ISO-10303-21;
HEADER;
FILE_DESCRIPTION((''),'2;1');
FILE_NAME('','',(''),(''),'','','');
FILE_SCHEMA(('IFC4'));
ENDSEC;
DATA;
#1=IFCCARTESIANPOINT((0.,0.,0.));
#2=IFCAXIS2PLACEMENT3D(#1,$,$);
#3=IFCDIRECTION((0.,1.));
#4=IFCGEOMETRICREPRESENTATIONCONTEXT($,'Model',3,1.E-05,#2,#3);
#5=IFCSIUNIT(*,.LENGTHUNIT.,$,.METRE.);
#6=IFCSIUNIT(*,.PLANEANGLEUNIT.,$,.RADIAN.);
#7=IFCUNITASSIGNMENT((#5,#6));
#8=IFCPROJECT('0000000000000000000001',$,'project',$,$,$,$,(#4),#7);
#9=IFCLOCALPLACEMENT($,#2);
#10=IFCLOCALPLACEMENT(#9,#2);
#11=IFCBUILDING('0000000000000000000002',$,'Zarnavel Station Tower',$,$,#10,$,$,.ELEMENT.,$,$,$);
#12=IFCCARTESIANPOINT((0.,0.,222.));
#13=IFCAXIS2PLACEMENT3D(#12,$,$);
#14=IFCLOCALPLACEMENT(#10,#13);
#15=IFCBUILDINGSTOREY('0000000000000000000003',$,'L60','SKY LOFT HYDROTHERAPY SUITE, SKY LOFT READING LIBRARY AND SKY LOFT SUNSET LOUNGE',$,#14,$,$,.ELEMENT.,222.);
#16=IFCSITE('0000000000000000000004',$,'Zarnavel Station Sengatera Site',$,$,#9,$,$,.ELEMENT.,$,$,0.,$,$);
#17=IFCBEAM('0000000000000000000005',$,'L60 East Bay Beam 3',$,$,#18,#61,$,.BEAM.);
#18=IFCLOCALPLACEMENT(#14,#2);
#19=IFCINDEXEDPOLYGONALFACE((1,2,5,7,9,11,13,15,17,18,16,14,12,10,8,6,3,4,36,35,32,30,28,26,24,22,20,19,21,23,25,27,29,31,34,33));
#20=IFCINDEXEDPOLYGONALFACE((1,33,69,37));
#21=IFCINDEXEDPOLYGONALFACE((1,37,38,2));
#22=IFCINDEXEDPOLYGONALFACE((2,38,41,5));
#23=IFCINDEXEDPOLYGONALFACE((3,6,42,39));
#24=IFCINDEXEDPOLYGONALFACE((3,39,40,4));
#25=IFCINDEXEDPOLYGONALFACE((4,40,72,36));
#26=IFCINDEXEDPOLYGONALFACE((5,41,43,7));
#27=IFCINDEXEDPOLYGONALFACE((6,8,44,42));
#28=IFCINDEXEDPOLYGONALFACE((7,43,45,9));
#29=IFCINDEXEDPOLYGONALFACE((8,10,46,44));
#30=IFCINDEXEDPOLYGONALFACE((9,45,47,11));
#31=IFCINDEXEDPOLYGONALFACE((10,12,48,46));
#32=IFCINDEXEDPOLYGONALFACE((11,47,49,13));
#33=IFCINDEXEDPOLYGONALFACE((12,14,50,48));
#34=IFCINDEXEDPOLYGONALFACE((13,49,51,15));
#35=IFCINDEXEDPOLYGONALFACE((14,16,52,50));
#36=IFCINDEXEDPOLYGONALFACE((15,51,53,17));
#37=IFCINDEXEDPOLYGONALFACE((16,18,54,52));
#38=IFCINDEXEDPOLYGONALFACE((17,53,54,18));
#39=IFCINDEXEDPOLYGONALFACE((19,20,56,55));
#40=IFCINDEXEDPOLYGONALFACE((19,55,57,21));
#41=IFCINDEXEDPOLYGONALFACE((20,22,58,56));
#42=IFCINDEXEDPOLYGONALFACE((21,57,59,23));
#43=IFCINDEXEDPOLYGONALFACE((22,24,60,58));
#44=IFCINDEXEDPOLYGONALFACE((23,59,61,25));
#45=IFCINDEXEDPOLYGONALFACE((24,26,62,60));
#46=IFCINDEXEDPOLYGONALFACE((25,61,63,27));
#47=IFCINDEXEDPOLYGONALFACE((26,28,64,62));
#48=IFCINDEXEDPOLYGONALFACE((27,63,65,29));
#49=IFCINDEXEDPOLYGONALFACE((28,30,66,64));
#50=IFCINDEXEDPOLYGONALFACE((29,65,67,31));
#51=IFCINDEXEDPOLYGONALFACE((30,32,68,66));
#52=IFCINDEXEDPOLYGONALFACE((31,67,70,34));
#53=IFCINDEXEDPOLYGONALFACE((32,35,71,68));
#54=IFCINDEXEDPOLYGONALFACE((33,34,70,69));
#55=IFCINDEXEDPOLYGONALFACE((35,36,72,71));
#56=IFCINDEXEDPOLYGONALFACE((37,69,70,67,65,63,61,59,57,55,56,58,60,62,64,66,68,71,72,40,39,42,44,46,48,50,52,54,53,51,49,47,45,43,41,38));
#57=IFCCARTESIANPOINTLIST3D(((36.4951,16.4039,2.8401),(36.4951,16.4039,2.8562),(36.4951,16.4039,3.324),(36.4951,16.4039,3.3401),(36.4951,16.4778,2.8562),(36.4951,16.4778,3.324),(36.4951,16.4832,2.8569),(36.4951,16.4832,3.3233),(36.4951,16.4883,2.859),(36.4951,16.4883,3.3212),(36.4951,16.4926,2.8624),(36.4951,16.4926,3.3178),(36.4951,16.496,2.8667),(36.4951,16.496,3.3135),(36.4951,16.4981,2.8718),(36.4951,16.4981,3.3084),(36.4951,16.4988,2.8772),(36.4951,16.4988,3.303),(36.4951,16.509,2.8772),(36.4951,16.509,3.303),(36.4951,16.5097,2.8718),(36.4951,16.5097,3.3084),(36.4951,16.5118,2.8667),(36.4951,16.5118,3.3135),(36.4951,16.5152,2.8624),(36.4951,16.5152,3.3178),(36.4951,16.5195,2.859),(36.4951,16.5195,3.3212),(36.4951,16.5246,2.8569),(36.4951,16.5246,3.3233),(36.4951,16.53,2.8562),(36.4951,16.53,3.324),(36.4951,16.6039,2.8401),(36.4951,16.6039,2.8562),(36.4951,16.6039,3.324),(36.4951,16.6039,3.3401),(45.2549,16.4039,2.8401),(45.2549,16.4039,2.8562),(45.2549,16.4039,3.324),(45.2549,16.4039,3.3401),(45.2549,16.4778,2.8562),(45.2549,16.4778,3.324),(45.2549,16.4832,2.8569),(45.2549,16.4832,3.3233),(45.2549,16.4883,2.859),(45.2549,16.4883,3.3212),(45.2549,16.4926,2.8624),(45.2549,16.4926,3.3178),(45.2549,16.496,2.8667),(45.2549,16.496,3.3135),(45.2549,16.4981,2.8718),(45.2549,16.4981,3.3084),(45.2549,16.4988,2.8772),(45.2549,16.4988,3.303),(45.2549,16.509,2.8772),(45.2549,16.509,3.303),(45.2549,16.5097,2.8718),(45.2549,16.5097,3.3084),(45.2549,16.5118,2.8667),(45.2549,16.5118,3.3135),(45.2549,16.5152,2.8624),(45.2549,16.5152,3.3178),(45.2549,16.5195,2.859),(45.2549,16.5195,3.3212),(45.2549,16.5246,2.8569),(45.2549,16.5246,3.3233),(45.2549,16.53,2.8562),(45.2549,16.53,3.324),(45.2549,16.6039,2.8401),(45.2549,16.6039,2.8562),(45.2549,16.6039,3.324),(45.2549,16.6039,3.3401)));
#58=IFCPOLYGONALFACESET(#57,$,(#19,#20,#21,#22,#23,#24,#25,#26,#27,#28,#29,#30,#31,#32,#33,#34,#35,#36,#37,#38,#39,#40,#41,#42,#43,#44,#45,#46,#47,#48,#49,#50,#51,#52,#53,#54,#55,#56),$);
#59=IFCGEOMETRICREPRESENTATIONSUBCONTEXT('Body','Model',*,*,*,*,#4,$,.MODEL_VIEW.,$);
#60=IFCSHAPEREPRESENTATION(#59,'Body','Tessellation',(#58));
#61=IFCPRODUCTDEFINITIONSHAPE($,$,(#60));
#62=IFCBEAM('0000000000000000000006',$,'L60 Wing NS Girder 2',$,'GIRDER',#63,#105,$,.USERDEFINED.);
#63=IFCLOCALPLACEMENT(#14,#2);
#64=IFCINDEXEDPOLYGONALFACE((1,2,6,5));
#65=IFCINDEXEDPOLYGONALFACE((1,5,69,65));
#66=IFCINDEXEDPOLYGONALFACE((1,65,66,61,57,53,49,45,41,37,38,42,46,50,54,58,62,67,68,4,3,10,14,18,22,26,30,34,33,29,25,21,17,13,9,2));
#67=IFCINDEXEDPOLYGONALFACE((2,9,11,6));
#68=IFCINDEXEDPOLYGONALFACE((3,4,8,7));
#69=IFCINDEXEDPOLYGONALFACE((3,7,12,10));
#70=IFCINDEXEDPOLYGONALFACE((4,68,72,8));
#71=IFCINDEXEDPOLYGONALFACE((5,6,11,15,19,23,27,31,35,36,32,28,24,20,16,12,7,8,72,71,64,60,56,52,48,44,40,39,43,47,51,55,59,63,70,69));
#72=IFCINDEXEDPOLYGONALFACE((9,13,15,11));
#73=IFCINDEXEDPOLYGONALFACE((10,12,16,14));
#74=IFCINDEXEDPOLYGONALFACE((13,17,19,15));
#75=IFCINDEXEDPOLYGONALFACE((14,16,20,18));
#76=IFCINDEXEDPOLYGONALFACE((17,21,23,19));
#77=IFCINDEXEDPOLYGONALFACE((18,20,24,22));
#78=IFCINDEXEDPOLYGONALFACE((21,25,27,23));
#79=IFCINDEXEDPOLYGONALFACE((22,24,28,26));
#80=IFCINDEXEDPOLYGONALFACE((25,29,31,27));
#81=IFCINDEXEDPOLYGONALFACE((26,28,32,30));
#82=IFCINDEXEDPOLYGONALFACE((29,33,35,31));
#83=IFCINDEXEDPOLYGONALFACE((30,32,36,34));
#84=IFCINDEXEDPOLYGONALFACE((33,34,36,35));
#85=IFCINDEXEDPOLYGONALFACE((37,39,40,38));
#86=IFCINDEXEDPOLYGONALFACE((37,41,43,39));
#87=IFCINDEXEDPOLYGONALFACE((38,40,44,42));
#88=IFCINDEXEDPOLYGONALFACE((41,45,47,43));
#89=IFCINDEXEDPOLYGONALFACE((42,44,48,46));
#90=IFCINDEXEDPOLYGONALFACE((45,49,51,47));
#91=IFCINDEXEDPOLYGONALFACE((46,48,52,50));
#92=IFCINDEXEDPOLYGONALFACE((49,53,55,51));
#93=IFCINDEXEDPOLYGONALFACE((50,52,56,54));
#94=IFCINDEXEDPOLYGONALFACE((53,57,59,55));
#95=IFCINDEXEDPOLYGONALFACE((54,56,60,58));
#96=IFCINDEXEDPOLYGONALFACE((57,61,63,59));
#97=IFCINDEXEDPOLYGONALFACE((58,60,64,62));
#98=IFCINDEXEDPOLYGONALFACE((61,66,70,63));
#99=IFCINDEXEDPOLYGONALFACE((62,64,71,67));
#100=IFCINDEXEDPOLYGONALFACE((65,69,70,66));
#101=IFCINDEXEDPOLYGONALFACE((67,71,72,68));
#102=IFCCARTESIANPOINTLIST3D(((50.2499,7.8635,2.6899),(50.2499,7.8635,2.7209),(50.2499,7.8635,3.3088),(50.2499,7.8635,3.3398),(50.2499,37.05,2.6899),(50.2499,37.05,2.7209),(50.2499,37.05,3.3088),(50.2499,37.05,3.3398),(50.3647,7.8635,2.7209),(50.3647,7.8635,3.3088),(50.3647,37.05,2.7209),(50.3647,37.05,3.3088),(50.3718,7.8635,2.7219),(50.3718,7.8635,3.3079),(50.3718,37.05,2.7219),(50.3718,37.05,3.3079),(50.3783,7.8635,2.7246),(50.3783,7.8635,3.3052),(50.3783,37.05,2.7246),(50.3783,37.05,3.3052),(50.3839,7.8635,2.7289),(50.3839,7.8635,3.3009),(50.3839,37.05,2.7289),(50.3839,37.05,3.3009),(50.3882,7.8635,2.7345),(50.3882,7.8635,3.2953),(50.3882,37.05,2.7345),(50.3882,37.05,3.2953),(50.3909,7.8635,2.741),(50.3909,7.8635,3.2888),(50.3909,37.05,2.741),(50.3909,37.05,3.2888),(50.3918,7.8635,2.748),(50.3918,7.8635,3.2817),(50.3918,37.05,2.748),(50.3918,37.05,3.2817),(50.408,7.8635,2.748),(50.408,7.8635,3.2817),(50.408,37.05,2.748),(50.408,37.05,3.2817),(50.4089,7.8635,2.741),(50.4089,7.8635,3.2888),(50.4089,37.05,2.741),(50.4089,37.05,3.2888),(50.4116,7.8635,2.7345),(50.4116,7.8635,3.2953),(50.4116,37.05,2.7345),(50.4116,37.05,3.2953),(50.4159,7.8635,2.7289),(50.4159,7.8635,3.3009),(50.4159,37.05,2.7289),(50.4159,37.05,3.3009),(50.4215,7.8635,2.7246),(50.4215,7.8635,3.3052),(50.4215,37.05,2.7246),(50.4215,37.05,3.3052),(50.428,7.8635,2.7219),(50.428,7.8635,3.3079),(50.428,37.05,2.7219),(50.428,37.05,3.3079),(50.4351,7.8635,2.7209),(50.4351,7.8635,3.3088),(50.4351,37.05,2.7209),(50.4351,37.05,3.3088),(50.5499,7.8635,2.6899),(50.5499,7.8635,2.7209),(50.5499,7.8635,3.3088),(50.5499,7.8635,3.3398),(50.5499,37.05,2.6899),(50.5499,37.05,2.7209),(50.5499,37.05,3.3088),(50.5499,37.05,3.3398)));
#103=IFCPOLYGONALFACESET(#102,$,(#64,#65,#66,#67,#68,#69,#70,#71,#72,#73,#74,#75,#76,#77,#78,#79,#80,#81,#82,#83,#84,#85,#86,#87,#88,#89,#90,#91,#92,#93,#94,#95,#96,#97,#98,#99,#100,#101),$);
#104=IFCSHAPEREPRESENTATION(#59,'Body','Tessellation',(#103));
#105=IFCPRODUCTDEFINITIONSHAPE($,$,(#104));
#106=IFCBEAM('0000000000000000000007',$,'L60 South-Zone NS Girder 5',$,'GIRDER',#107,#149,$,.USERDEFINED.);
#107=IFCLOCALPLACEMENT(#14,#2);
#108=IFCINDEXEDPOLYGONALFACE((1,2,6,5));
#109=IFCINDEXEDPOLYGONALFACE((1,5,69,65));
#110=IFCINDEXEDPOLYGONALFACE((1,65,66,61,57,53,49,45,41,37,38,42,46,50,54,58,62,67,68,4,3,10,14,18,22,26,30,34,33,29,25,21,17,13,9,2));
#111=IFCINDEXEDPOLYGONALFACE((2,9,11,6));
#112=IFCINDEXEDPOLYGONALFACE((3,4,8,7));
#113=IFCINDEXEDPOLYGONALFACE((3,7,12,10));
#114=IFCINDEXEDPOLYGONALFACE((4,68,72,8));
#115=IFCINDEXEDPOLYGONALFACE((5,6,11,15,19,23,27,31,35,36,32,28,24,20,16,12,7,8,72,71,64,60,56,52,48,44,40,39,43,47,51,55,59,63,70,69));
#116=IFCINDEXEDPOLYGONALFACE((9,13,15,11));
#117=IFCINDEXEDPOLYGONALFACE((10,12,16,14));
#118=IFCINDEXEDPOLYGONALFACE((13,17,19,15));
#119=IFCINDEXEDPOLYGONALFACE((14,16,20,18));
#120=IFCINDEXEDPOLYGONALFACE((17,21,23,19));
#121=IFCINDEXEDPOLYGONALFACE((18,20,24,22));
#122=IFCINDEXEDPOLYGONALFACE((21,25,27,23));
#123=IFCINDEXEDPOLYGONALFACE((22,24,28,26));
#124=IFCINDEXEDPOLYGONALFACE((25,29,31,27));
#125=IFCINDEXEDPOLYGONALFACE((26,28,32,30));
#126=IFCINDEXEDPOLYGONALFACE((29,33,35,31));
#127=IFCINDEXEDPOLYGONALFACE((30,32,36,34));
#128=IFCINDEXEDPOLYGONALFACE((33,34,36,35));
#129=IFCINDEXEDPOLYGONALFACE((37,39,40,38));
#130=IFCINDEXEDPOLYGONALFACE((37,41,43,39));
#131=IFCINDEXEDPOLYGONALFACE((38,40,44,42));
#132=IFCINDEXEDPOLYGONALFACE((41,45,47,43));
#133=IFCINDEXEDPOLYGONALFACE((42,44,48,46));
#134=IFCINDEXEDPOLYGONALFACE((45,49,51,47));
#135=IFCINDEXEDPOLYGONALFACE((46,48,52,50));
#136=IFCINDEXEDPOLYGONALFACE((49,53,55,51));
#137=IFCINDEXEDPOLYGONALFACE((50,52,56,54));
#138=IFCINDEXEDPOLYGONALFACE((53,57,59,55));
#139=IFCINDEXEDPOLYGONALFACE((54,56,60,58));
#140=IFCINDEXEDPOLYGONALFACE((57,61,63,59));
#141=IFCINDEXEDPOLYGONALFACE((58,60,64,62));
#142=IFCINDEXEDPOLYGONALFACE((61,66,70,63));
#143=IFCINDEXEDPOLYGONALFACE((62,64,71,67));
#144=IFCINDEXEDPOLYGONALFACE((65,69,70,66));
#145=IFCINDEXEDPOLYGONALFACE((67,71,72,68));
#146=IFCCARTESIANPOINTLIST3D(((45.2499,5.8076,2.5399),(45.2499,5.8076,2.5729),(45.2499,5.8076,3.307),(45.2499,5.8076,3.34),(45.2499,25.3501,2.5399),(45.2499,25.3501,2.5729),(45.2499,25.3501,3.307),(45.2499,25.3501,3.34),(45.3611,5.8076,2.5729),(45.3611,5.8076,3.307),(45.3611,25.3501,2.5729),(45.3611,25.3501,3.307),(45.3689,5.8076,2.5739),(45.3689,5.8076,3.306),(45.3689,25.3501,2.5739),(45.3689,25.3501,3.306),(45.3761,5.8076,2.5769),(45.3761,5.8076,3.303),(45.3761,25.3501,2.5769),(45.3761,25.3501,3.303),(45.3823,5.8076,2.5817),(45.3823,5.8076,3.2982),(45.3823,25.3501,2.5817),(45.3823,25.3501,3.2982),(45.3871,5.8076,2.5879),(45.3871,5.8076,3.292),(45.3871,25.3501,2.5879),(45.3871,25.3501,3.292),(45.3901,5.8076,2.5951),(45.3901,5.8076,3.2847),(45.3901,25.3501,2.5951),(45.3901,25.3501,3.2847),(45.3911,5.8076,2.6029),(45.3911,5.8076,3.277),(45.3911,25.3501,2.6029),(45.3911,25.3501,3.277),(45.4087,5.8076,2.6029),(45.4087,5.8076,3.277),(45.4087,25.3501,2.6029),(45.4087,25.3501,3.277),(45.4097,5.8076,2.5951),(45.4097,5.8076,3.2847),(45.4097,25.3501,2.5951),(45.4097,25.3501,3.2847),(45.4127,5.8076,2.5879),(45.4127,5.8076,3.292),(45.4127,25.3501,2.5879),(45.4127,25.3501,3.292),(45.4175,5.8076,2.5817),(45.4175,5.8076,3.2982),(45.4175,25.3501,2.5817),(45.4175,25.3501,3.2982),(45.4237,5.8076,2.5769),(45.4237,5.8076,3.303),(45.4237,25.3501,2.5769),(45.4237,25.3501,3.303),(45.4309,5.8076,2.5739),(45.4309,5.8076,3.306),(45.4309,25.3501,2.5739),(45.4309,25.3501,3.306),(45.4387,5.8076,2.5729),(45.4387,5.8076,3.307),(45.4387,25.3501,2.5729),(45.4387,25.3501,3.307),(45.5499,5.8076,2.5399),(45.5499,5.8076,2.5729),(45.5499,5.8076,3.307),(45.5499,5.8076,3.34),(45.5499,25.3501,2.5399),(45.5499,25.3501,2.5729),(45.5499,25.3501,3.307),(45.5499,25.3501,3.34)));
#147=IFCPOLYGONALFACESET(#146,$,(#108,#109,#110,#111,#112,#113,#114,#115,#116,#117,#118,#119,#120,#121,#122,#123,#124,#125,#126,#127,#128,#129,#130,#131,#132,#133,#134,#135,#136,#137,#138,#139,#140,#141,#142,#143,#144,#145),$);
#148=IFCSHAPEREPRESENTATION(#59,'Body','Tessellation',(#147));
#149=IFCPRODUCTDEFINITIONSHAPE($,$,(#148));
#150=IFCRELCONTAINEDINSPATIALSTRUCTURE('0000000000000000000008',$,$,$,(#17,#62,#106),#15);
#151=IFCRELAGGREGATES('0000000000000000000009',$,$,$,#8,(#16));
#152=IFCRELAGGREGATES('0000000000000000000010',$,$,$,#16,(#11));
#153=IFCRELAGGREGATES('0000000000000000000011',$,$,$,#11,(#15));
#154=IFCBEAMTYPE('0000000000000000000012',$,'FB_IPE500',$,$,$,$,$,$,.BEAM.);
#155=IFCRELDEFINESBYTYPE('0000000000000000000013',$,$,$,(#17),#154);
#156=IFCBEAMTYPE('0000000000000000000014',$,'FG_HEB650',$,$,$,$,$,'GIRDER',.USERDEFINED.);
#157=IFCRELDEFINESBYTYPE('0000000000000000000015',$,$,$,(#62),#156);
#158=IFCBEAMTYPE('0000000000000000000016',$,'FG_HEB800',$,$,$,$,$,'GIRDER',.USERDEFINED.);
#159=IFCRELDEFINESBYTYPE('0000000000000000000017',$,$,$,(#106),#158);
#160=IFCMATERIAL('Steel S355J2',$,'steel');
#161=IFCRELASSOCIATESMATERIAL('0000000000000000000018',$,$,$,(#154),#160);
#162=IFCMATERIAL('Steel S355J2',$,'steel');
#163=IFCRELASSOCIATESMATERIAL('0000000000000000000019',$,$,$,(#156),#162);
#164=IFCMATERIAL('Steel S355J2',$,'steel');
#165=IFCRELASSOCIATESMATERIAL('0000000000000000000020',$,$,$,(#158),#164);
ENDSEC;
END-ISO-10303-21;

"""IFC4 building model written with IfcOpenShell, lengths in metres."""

from ifc_helpers import new_model, si_unit, direction, frame, origin, origin_2d, place, context, subcontext, project, spatial, i_section, extrude, material, material_profile, profile_set, type_object, element, save


model = new_model("IFC4")

# Units and contexts
model_context = context("Model", 3, precision=1e-05, world=origin(), true_north=direction((0.0, 1.0)))
body_context = subcontext(model_context, "Body", "Model", "MODEL_VIEW")
ifc_project = project(units=[si_unit("LENGTHUNIT", "METRE"), si_unit("PLANEANGLEUNIT", "RADIAN")], contexts=[model_context])

# Site, building, storey
site_placement = place(None, origin())
site = spatial("IfcSite", under=ifc_project, at=site_placement, Name="Zarnavel Station Sengatera Site", CompositionType="ELEMENT", RefElevation=0.0)
building_placement = place(site_placement, origin())
building = spatial("IfcBuilding", under=site, at=building_placement, Name="Zarnavel Station Tower", CompositionType="ELEMENT")
storey_placement = place(building_placement, frame((0.0, 0.0, 222.0)))
storey = spatial("IfcBuildingStorey", under=building, at=storey_placement, Name="L60", Description="SKY LOFT HYDROTHERAPY SUITE, SKY LOFT READING LIBRARY AND SKY LOFT SUNSET LOUNGE", CompositionType="ELEMENT", Elevation=222.0)

# Beams
ifc_material_1 = material(Name="Steel S355J2", Category="steel")
ifc_material_profile_1 = material_profile(ifc_material_1, i_section(OverallWidth=0.2, OverallDepth=0.5, WebThickness=0.0103, FlangeThickness=0.0161, FilletRadius=0.021, at=origin_2d()), Name="IPE500")
ifc_profile_set_1 = profile_set([ifc_material_profile_1], Name="Steel S355J2")
beam_type_1 = type_object("IfcBeamType", Name="FB_IPE500", PredefinedType="BEAM", material=ifc_profile_set_1)
beam_1_placement = place(storey_placement, frame((36.4951, 16.5039, 3.0901), z_axis=(1.0, 0.0, 0.0), x_axis=(0.0, 1.0, 0.0)))
element("IfcBeam", 1, at=beam_1_placement, inside=storey, type_object=beam_type_1, Name="L60 East Bay Beam 3", PredefinedType="BEAM", context=body_context, shape_type="SweptSolid", body=[
    extrude(i_section(OverallWidth=0.2, OverallDepth=0.5, WebThickness=0.0103, FlangeThickness=0.0161, FilletRadius=0.021, at=origin_2d()), origin(), (0.0, 0.0, 1.0), 8.7598),
])
ifc_material_2 = material(Name="Steel S355J2", Category="steel")
ifc_material_profile_2 = material_profile(ifc_material_2, i_section(OverallWidth=0.3, OverallDepth=0.6499, WebThickness=0.0161, FlangeThickness=0.031, FilletRadius=0.0271, at=origin_2d()), Name="HEB650")
ifc_profile_set_2 = profile_set([ifc_material_profile_2], Name="Steel S355J2")
beam_type_2 = type_object("IfcBeamType", Name="FG_HEB650", ElementType="GIRDER", PredefinedType="USERDEFINED", material=ifc_profile_set_2)
beam_2_placement = place(storey_placement, frame((50.3999, 7.8635, 3.0149), z_axis=(0.0, 1.0, 0.0), x_axis=(-1.0, 0.0, 0.0)))
element("IfcBeam", 2, at=beam_2_placement, inside=storey, type_object=beam_type_2, Name="L60 Wing NS Girder 2", ObjectType="GIRDER", PredefinedType="USERDEFINED", context=body_context, shape_type="SweptSolid", body=[
    extrude(i_section(OverallWidth=0.3, OverallDepth=0.6499, WebThickness=0.0161, FlangeThickness=0.031, FilletRadius=0.0271, at=origin_2d()), origin(), (0.0, 0.0, 1.0), 29.1865),
])
ifc_material_3 = material(Name="Steel S355J2", Category="steel")
ifc_material_profile_3 = material_profile(ifc_material_3, i_section(OverallWidth=0.3, OverallDepth=0.8, WebThickness=0.0176, FlangeThickness=0.033, FilletRadius=0.03, at=origin_2d()), Name="HEB800")
ifc_profile_set_3 = profile_set([ifc_material_profile_3], Name="Steel S355J2")
beam_type_3 = type_object("IfcBeamType", Name="FG_HEB800", ElementType="GIRDER", PredefinedType="USERDEFINED", material=ifc_profile_set_3)
beam_3_placement = place(storey_placement, frame((45.3999, 5.8076, 2.9399), z_axis=(0.0, 1.0, 0.0), x_axis=(-1.0, 0.0, 0.0)))
element("IfcBeam", 3, at=beam_3_placement, inside=storey, type_object=beam_type_3, Name="L60 South-Zone NS Girder 5", ObjectType="GIRDER", PredefinedType="USERDEFINED", context=body_context, shape_type="SweptSolid", body=[
    extrude(i_section(OverallWidth=0.3, OverallDepth=0.8, WebThickness=0.0176, FlangeThickness=0.033, FilletRadius=0.03, at=origin_2d()), origin(), (0.0, 0.0, 1.0), 19.5425),
])

save(model, "model.ifc")
